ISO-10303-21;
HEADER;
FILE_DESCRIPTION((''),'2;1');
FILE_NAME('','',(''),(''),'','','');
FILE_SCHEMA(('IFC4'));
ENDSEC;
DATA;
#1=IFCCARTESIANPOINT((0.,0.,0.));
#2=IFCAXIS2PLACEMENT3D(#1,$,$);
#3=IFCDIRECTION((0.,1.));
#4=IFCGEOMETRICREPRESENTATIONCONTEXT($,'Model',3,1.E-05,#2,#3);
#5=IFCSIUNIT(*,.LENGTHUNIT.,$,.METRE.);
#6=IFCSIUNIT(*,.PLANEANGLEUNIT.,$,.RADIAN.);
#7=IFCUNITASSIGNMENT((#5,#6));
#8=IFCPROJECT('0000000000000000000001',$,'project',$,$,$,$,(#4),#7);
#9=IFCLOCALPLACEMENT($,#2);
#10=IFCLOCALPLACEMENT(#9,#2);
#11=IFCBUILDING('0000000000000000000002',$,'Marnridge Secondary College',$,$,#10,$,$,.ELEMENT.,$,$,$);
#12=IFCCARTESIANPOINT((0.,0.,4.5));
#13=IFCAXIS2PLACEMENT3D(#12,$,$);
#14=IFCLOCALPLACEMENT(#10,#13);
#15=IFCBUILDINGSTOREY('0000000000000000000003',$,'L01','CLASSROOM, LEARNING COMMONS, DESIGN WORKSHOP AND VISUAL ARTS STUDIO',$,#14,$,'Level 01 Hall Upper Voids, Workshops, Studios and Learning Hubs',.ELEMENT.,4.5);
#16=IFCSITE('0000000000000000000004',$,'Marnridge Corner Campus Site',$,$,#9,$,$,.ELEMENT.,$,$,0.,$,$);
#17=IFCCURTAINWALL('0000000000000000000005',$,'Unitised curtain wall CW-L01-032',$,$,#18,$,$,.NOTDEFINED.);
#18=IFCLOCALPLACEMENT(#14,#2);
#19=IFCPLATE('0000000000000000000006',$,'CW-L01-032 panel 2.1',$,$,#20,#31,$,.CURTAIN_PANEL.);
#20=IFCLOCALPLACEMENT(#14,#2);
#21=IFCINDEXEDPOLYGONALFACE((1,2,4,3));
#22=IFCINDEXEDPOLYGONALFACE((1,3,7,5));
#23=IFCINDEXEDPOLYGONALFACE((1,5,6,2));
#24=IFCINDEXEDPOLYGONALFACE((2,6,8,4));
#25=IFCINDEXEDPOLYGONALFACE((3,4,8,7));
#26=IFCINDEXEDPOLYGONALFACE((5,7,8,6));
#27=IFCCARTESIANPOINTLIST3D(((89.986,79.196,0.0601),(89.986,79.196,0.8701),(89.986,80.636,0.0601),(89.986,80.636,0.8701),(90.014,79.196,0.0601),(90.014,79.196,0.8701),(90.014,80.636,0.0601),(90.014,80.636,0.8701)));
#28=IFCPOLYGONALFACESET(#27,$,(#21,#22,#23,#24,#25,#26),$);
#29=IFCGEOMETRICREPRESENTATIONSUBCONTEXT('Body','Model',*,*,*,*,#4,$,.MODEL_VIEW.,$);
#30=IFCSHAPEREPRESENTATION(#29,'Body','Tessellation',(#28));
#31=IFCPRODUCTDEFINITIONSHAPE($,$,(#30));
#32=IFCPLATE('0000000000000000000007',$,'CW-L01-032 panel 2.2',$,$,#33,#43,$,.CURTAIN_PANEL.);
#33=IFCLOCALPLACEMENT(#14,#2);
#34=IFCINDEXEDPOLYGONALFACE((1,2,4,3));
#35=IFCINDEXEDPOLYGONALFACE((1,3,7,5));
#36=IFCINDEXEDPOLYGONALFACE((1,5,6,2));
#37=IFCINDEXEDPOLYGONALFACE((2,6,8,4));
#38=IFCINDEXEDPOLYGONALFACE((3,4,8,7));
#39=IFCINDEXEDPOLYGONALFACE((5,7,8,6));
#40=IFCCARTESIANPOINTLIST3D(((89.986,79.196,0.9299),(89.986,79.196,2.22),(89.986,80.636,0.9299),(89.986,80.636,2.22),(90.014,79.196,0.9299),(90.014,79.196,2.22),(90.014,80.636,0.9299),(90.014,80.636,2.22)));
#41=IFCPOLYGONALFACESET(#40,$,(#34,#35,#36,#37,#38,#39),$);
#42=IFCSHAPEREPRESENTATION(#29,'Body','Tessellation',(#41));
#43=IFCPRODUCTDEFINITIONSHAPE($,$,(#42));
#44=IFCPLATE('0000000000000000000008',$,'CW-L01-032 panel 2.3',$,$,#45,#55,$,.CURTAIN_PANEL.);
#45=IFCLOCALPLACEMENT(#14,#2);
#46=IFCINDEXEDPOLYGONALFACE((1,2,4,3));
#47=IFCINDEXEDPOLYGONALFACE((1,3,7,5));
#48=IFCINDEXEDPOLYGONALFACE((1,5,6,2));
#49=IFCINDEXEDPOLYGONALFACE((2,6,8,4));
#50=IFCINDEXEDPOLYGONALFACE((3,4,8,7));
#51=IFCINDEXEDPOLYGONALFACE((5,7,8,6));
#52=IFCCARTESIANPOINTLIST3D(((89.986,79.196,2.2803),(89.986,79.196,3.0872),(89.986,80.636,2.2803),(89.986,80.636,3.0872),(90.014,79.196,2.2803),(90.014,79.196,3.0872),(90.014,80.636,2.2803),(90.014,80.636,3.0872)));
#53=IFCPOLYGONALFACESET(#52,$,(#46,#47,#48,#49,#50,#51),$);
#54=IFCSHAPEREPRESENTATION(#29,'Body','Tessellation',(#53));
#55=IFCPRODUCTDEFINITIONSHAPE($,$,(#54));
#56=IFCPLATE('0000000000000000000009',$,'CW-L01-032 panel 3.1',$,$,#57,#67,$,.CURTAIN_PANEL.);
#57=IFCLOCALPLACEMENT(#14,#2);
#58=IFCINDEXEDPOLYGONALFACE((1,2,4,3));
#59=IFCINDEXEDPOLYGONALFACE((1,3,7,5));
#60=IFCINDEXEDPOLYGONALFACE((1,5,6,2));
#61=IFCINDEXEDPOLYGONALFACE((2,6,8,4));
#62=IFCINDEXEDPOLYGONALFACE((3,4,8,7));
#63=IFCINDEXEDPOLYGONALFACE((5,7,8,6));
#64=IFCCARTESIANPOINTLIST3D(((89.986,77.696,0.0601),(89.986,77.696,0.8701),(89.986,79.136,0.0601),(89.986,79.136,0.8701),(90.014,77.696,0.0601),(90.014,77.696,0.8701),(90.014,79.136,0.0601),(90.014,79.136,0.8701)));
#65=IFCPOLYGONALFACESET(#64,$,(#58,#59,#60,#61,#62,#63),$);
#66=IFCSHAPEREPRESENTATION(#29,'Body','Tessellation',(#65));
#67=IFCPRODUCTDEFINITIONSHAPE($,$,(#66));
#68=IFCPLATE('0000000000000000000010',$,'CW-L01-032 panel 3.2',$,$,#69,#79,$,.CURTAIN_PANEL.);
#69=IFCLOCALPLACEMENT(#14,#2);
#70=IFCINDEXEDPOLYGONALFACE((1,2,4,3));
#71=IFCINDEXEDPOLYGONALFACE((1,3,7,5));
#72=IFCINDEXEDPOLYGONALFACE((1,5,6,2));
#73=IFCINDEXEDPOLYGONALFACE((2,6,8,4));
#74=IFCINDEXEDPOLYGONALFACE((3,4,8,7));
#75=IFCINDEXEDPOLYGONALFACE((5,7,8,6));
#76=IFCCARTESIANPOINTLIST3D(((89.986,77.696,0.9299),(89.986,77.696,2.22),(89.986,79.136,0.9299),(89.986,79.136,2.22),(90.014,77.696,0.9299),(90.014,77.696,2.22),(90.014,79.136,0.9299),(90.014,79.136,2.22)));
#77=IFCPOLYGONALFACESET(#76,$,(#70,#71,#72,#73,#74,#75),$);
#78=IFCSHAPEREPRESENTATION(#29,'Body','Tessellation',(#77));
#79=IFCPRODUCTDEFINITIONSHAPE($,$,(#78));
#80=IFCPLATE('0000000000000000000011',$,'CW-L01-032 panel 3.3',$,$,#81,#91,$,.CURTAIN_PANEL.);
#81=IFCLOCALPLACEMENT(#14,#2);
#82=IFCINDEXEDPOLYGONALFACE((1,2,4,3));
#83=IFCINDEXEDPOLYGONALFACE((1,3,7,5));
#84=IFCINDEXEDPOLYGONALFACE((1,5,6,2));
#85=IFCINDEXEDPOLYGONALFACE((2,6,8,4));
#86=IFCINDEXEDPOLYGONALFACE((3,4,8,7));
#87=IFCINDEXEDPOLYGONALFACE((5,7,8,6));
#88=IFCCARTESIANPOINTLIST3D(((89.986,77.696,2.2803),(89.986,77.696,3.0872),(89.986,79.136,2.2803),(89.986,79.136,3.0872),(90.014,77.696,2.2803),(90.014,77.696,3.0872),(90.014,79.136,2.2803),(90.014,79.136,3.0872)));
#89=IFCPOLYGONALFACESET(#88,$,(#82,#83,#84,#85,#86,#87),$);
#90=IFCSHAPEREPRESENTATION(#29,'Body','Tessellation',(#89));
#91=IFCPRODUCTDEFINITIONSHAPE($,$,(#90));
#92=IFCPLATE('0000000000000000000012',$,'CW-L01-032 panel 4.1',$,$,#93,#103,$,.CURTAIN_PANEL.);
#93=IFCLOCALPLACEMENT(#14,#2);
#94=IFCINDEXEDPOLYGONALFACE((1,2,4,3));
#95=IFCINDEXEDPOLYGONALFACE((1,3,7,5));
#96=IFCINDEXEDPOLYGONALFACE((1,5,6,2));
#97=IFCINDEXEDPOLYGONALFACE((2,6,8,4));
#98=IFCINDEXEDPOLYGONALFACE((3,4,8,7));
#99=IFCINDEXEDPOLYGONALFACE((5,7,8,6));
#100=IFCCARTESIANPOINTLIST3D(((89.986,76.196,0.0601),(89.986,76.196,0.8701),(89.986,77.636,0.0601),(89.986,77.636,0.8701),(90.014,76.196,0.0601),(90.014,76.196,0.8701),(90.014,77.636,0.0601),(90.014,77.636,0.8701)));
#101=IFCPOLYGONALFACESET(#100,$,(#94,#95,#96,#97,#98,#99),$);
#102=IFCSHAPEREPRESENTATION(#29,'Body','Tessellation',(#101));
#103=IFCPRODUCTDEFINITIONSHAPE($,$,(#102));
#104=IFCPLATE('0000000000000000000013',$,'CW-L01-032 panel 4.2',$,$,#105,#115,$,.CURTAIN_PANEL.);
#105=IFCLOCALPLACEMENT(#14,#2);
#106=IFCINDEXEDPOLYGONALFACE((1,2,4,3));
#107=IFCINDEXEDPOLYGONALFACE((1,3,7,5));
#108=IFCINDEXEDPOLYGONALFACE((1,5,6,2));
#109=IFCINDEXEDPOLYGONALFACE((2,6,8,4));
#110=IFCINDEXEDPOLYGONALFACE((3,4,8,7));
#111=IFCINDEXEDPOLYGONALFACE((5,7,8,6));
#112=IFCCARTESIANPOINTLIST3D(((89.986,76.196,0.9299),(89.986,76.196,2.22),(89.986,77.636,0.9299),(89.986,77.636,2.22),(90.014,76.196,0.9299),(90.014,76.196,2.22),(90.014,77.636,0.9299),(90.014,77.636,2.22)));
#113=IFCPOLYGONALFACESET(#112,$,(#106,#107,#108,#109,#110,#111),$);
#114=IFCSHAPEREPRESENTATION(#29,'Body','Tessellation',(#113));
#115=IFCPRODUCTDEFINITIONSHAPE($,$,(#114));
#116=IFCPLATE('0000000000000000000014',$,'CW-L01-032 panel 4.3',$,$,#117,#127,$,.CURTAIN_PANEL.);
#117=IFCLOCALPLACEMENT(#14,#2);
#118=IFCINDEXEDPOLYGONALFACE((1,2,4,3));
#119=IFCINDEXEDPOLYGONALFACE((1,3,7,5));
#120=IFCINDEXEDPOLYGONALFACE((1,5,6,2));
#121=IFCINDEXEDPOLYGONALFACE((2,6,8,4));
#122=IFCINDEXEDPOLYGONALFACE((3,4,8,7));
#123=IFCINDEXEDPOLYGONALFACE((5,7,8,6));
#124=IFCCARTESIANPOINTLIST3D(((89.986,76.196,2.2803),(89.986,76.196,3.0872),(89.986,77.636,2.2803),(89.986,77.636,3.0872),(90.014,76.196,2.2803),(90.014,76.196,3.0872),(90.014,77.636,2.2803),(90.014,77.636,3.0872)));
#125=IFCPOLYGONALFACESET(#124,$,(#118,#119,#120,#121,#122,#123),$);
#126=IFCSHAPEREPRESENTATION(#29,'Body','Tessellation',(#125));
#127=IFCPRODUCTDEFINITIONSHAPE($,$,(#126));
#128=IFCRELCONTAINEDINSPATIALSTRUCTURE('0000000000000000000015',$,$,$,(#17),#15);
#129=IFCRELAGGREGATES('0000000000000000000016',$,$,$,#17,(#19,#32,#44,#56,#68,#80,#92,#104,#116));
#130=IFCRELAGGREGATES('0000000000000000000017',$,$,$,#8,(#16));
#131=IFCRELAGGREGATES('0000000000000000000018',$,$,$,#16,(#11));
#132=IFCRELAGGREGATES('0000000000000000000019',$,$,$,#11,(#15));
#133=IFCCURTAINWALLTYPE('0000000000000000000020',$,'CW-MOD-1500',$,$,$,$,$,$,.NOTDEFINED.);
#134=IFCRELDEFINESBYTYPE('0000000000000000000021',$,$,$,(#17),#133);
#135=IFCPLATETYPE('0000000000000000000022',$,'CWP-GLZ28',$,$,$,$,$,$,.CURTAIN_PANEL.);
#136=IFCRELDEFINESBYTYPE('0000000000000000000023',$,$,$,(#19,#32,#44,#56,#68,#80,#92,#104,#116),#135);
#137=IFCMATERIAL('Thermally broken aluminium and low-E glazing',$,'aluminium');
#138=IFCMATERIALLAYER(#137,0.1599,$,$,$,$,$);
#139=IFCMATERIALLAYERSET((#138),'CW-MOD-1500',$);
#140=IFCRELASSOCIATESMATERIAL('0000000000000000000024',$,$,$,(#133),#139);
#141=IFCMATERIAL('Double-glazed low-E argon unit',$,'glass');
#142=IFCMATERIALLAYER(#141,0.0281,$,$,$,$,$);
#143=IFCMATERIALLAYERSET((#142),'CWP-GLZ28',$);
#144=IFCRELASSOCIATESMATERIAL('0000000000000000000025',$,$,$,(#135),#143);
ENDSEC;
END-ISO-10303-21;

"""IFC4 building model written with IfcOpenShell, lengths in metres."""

from ifc_helpers import new_model, si_unit, direction, frame, origin, origin_2d, place, context, subcontext, project, spatial, rectangle, extrude, material, layer, layer_set, type_object, element, aggregate, save


model = new_model("IFC4")

# Units and contexts
model_context = context("Model", 3, precision=1e-05, world=origin(), true_north=direction((0.0, 1.0)))
body_context = subcontext(model_context, "Body", "Model", "MODEL_VIEW")
ifc_project = project(units=[si_unit("LENGTHUNIT", "METRE"), si_unit("PLANEANGLEUNIT", "RADIAN")], contexts=[model_context])

# Site, building, storey
site_placement = place(None, origin())
site = spatial("IfcSite", under=ifc_project, at=site_placement, Name="Marnridge Corner Campus Site", CompositionType="ELEMENT", RefElevation=0.0)
building_placement = place(site_placement, origin())
building = spatial("IfcBuilding", under=site, at=building_placement, Name="Marnridge Secondary College", CompositionType="ELEMENT")
storey_placement = place(building_placement, frame((0.0, 0.0, 4.5)))
storey = spatial("IfcBuildingStorey", under=building, at=storey_placement, Name="L01", Description="CLASSROOM, LEARNING COMMONS, DESIGN WORKSHOP AND VISUAL ARTS STUDIO", LongName="Level 01 Hall Upper Voids, Workshops, Studios and Learning Hubs", CompositionType="ELEMENT", Elevation=4.5)

# Curtain wall, plates
ifc_material_1 = material(Name="Thermally broken aluminium and low-E glazing", Category="aluminium")
ifc_layer_1 = layer(ifc_material_1, 0.1599)
ifc_layer_set_1 = layer_set([ifc_layer_1], Name="CW-MOD-1500")
curtain_wall_type = type_object("IfcCurtainWallType", Name="CW-MOD-1500", PredefinedType="NOTDEFINED", material=ifc_layer_set_1)
curtain_wall_placement = place(storey_placement, origin())
curtain_wall = element("IfcCurtainWall", 1, at=curtain_wall_placement, inside=storey, type_object=curtain_wall_type, Name="Unitised curtain wall CW-L01-032", PredefinedType="NOTDEFINED")
ifc_material_2 = material(Name="Double-glazed low-E argon unit", Category="glass")
ifc_layer_2 = layer(ifc_material_2, 0.0281)
ifc_layer_set_2 = layer_set([ifc_layer_2], Name="CWP-GLZ28")
plate_type = type_object("IfcPlateType", Name="CWP-GLZ28", PredefinedType="CURTAIN_PANEL", material=ifc_layer_set_2)
plate_1_placement = place(storey_placement, frame((90.0, 79.916, 0.0601), z_axis=(0.0, 0.0, 1.0), x_axis=(0.0, -1.0, 0.0)))
plate_1 = element("IfcPlate", 2, at=plate_1_placement, type_object=plate_type, Name="CW-L01-032 panel 2.1", PredefinedType="CURTAIN_PANEL", context=body_context, shape_type="SweptSolid", body=[
    extrude(rectangle(XDim=1.4399, YDim=0.0281, at=origin_2d()), origin(), (0.0, 0.0, 1.0), 0.8101),
])
plate_2_placement = place(storey_placement, frame((90.0, 79.916, 0.9299), z_axis=(0.0, 0.0, 1.0), x_axis=(0.0, -1.0, 0.0)))
plate_2 = element("IfcPlate", 3, at=plate_2_placement, type_object=plate_type, Name="CW-L01-032 panel 2.2", PredefinedType="CURTAIN_PANEL", context=body_context, shape_type="SweptSolid", body=[
    extrude(rectangle(XDim=1.4399, YDim=0.0281, at=origin_2d()), origin(), (0.0, 0.0, 1.0), 1.29),
])
plate_3_placement = place(storey_placement, frame((90.0, 79.916, 2.2803), z_axis=(0.0, 0.0, 1.0), x_axis=(0.0, -1.0, 0.0)))
plate_3 = element("IfcPlate", 4, at=plate_3_placement, type_object=plate_type, Name="CW-L01-032 panel 2.3", PredefinedType="CURTAIN_PANEL", context=body_context, shape_type="SweptSolid", body=[
    extrude(rectangle(XDim=1.4399, YDim=0.0281, at=origin_2d()), origin(), (0.0, 0.0, 1.0), 0.8069),
])
plate_4_placement = place(storey_placement, frame((90.0, 78.416, 0.0601), z_axis=(0.0, 0.0, 1.0), x_axis=(0.0, -1.0, 0.0)))
plate_4 = element("IfcPlate", 5, at=plate_4_placement, type_object=plate_type, Name="CW-L01-032 panel 3.1", PredefinedType="CURTAIN_PANEL", context=body_context, shape_type="SweptSolid", body=[
    extrude(rectangle(XDim=1.4399, YDim=0.0281, at=origin_2d()), origin(), (0.0, 0.0, 1.0), 0.8101),
])
plate_5_placement = place(storey_placement, frame((90.0, 78.416, 0.9299), z_axis=(0.0, 0.0, 1.0), x_axis=(0.0, -1.0, 0.0)))
plate_5 = element("IfcPlate", 6, at=plate_5_placement, type_object=plate_type, Name="CW-L01-032 panel 3.2", PredefinedType="CURTAIN_PANEL", context=body_context, shape_type="SweptSolid", body=[
    extrude(rectangle(XDim=1.4399, YDim=0.0281, at=origin_2d()), origin(), (0.0, 0.0, 1.0), 1.29),
])
plate_6_placement = place(storey_placement, frame((90.0, 78.416, 2.2803), z_axis=(0.0, 0.0, 1.0), x_axis=(0.0, -1.0, 0.0)))
plate_6 = element("IfcPlate", 7, at=plate_6_placement, type_object=plate_type, Name="CW-L01-032 panel 3.3", PredefinedType="CURTAIN_PANEL", context=body_context, shape_type="SweptSolid", body=[
    extrude(rectangle(XDim=1.4399, YDim=0.0281, at=origin_2d()), origin(), (0.0, 0.0, 1.0), 0.8069),
])
plate_7_placement = place(storey_placement, frame((90.0, 76.916, 0.0601), z_axis=(0.0, 0.0, 1.0), x_axis=(0.0, -1.0, 0.0)))
plate_7 = element("IfcPlate", 8, at=plate_7_placement, type_object=plate_type, Name="CW-L01-032 panel 4.1", PredefinedType="CURTAIN_PANEL", context=body_context, shape_type="SweptSolid", body=[
    extrude(rectangle(XDim=1.4399, YDim=0.0281, at=origin_2d()), origin(), (0.0, 0.0, 1.0), 0.8101),
])
plate_8_placement = place(storey_placement, frame((90.0, 76.916, 0.9299), z_axis=(0.0, 0.0, 1.0), x_axis=(0.0, -1.0, 0.0)))
plate_8 = element("IfcPlate", 9, at=plate_8_placement, type_object=plate_type, Name="CW-L01-032 panel 4.2", PredefinedType="CURTAIN_PANEL", context=body_context, shape_type="SweptSolid", body=[
    extrude(rectangle(XDim=1.4399, YDim=0.0281, at=origin_2d()), origin(), (0.0, 0.0, 1.0), 1.29),
])
plate_9_placement = place(storey_placement, frame((90.0, 76.916, 2.2803), z_axis=(0.0, 0.0, 1.0), x_axis=(0.0, -1.0, 0.0)))
plate_9 = element("IfcPlate", 10, at=plate_9_placement, type_object=plate_type, Name="CW-L01-032 panel 4.3", PredefinedType="CURTAIN_PANEL", context=body_context, shape_type="SweptSolid", body=[
    extrude(rectangle(XDim=1.4399, YDim=0.0281, at=origin_2d()), origin(), (0.0, 0.0, 1.0), 0.8069),
])
aggregate(curtain_wall, [plate_1, plate_2, plate_3, plate_4, plate_5, plate_6, plate_7, plate_8, plate_9])

save(model, "model.ifc")
